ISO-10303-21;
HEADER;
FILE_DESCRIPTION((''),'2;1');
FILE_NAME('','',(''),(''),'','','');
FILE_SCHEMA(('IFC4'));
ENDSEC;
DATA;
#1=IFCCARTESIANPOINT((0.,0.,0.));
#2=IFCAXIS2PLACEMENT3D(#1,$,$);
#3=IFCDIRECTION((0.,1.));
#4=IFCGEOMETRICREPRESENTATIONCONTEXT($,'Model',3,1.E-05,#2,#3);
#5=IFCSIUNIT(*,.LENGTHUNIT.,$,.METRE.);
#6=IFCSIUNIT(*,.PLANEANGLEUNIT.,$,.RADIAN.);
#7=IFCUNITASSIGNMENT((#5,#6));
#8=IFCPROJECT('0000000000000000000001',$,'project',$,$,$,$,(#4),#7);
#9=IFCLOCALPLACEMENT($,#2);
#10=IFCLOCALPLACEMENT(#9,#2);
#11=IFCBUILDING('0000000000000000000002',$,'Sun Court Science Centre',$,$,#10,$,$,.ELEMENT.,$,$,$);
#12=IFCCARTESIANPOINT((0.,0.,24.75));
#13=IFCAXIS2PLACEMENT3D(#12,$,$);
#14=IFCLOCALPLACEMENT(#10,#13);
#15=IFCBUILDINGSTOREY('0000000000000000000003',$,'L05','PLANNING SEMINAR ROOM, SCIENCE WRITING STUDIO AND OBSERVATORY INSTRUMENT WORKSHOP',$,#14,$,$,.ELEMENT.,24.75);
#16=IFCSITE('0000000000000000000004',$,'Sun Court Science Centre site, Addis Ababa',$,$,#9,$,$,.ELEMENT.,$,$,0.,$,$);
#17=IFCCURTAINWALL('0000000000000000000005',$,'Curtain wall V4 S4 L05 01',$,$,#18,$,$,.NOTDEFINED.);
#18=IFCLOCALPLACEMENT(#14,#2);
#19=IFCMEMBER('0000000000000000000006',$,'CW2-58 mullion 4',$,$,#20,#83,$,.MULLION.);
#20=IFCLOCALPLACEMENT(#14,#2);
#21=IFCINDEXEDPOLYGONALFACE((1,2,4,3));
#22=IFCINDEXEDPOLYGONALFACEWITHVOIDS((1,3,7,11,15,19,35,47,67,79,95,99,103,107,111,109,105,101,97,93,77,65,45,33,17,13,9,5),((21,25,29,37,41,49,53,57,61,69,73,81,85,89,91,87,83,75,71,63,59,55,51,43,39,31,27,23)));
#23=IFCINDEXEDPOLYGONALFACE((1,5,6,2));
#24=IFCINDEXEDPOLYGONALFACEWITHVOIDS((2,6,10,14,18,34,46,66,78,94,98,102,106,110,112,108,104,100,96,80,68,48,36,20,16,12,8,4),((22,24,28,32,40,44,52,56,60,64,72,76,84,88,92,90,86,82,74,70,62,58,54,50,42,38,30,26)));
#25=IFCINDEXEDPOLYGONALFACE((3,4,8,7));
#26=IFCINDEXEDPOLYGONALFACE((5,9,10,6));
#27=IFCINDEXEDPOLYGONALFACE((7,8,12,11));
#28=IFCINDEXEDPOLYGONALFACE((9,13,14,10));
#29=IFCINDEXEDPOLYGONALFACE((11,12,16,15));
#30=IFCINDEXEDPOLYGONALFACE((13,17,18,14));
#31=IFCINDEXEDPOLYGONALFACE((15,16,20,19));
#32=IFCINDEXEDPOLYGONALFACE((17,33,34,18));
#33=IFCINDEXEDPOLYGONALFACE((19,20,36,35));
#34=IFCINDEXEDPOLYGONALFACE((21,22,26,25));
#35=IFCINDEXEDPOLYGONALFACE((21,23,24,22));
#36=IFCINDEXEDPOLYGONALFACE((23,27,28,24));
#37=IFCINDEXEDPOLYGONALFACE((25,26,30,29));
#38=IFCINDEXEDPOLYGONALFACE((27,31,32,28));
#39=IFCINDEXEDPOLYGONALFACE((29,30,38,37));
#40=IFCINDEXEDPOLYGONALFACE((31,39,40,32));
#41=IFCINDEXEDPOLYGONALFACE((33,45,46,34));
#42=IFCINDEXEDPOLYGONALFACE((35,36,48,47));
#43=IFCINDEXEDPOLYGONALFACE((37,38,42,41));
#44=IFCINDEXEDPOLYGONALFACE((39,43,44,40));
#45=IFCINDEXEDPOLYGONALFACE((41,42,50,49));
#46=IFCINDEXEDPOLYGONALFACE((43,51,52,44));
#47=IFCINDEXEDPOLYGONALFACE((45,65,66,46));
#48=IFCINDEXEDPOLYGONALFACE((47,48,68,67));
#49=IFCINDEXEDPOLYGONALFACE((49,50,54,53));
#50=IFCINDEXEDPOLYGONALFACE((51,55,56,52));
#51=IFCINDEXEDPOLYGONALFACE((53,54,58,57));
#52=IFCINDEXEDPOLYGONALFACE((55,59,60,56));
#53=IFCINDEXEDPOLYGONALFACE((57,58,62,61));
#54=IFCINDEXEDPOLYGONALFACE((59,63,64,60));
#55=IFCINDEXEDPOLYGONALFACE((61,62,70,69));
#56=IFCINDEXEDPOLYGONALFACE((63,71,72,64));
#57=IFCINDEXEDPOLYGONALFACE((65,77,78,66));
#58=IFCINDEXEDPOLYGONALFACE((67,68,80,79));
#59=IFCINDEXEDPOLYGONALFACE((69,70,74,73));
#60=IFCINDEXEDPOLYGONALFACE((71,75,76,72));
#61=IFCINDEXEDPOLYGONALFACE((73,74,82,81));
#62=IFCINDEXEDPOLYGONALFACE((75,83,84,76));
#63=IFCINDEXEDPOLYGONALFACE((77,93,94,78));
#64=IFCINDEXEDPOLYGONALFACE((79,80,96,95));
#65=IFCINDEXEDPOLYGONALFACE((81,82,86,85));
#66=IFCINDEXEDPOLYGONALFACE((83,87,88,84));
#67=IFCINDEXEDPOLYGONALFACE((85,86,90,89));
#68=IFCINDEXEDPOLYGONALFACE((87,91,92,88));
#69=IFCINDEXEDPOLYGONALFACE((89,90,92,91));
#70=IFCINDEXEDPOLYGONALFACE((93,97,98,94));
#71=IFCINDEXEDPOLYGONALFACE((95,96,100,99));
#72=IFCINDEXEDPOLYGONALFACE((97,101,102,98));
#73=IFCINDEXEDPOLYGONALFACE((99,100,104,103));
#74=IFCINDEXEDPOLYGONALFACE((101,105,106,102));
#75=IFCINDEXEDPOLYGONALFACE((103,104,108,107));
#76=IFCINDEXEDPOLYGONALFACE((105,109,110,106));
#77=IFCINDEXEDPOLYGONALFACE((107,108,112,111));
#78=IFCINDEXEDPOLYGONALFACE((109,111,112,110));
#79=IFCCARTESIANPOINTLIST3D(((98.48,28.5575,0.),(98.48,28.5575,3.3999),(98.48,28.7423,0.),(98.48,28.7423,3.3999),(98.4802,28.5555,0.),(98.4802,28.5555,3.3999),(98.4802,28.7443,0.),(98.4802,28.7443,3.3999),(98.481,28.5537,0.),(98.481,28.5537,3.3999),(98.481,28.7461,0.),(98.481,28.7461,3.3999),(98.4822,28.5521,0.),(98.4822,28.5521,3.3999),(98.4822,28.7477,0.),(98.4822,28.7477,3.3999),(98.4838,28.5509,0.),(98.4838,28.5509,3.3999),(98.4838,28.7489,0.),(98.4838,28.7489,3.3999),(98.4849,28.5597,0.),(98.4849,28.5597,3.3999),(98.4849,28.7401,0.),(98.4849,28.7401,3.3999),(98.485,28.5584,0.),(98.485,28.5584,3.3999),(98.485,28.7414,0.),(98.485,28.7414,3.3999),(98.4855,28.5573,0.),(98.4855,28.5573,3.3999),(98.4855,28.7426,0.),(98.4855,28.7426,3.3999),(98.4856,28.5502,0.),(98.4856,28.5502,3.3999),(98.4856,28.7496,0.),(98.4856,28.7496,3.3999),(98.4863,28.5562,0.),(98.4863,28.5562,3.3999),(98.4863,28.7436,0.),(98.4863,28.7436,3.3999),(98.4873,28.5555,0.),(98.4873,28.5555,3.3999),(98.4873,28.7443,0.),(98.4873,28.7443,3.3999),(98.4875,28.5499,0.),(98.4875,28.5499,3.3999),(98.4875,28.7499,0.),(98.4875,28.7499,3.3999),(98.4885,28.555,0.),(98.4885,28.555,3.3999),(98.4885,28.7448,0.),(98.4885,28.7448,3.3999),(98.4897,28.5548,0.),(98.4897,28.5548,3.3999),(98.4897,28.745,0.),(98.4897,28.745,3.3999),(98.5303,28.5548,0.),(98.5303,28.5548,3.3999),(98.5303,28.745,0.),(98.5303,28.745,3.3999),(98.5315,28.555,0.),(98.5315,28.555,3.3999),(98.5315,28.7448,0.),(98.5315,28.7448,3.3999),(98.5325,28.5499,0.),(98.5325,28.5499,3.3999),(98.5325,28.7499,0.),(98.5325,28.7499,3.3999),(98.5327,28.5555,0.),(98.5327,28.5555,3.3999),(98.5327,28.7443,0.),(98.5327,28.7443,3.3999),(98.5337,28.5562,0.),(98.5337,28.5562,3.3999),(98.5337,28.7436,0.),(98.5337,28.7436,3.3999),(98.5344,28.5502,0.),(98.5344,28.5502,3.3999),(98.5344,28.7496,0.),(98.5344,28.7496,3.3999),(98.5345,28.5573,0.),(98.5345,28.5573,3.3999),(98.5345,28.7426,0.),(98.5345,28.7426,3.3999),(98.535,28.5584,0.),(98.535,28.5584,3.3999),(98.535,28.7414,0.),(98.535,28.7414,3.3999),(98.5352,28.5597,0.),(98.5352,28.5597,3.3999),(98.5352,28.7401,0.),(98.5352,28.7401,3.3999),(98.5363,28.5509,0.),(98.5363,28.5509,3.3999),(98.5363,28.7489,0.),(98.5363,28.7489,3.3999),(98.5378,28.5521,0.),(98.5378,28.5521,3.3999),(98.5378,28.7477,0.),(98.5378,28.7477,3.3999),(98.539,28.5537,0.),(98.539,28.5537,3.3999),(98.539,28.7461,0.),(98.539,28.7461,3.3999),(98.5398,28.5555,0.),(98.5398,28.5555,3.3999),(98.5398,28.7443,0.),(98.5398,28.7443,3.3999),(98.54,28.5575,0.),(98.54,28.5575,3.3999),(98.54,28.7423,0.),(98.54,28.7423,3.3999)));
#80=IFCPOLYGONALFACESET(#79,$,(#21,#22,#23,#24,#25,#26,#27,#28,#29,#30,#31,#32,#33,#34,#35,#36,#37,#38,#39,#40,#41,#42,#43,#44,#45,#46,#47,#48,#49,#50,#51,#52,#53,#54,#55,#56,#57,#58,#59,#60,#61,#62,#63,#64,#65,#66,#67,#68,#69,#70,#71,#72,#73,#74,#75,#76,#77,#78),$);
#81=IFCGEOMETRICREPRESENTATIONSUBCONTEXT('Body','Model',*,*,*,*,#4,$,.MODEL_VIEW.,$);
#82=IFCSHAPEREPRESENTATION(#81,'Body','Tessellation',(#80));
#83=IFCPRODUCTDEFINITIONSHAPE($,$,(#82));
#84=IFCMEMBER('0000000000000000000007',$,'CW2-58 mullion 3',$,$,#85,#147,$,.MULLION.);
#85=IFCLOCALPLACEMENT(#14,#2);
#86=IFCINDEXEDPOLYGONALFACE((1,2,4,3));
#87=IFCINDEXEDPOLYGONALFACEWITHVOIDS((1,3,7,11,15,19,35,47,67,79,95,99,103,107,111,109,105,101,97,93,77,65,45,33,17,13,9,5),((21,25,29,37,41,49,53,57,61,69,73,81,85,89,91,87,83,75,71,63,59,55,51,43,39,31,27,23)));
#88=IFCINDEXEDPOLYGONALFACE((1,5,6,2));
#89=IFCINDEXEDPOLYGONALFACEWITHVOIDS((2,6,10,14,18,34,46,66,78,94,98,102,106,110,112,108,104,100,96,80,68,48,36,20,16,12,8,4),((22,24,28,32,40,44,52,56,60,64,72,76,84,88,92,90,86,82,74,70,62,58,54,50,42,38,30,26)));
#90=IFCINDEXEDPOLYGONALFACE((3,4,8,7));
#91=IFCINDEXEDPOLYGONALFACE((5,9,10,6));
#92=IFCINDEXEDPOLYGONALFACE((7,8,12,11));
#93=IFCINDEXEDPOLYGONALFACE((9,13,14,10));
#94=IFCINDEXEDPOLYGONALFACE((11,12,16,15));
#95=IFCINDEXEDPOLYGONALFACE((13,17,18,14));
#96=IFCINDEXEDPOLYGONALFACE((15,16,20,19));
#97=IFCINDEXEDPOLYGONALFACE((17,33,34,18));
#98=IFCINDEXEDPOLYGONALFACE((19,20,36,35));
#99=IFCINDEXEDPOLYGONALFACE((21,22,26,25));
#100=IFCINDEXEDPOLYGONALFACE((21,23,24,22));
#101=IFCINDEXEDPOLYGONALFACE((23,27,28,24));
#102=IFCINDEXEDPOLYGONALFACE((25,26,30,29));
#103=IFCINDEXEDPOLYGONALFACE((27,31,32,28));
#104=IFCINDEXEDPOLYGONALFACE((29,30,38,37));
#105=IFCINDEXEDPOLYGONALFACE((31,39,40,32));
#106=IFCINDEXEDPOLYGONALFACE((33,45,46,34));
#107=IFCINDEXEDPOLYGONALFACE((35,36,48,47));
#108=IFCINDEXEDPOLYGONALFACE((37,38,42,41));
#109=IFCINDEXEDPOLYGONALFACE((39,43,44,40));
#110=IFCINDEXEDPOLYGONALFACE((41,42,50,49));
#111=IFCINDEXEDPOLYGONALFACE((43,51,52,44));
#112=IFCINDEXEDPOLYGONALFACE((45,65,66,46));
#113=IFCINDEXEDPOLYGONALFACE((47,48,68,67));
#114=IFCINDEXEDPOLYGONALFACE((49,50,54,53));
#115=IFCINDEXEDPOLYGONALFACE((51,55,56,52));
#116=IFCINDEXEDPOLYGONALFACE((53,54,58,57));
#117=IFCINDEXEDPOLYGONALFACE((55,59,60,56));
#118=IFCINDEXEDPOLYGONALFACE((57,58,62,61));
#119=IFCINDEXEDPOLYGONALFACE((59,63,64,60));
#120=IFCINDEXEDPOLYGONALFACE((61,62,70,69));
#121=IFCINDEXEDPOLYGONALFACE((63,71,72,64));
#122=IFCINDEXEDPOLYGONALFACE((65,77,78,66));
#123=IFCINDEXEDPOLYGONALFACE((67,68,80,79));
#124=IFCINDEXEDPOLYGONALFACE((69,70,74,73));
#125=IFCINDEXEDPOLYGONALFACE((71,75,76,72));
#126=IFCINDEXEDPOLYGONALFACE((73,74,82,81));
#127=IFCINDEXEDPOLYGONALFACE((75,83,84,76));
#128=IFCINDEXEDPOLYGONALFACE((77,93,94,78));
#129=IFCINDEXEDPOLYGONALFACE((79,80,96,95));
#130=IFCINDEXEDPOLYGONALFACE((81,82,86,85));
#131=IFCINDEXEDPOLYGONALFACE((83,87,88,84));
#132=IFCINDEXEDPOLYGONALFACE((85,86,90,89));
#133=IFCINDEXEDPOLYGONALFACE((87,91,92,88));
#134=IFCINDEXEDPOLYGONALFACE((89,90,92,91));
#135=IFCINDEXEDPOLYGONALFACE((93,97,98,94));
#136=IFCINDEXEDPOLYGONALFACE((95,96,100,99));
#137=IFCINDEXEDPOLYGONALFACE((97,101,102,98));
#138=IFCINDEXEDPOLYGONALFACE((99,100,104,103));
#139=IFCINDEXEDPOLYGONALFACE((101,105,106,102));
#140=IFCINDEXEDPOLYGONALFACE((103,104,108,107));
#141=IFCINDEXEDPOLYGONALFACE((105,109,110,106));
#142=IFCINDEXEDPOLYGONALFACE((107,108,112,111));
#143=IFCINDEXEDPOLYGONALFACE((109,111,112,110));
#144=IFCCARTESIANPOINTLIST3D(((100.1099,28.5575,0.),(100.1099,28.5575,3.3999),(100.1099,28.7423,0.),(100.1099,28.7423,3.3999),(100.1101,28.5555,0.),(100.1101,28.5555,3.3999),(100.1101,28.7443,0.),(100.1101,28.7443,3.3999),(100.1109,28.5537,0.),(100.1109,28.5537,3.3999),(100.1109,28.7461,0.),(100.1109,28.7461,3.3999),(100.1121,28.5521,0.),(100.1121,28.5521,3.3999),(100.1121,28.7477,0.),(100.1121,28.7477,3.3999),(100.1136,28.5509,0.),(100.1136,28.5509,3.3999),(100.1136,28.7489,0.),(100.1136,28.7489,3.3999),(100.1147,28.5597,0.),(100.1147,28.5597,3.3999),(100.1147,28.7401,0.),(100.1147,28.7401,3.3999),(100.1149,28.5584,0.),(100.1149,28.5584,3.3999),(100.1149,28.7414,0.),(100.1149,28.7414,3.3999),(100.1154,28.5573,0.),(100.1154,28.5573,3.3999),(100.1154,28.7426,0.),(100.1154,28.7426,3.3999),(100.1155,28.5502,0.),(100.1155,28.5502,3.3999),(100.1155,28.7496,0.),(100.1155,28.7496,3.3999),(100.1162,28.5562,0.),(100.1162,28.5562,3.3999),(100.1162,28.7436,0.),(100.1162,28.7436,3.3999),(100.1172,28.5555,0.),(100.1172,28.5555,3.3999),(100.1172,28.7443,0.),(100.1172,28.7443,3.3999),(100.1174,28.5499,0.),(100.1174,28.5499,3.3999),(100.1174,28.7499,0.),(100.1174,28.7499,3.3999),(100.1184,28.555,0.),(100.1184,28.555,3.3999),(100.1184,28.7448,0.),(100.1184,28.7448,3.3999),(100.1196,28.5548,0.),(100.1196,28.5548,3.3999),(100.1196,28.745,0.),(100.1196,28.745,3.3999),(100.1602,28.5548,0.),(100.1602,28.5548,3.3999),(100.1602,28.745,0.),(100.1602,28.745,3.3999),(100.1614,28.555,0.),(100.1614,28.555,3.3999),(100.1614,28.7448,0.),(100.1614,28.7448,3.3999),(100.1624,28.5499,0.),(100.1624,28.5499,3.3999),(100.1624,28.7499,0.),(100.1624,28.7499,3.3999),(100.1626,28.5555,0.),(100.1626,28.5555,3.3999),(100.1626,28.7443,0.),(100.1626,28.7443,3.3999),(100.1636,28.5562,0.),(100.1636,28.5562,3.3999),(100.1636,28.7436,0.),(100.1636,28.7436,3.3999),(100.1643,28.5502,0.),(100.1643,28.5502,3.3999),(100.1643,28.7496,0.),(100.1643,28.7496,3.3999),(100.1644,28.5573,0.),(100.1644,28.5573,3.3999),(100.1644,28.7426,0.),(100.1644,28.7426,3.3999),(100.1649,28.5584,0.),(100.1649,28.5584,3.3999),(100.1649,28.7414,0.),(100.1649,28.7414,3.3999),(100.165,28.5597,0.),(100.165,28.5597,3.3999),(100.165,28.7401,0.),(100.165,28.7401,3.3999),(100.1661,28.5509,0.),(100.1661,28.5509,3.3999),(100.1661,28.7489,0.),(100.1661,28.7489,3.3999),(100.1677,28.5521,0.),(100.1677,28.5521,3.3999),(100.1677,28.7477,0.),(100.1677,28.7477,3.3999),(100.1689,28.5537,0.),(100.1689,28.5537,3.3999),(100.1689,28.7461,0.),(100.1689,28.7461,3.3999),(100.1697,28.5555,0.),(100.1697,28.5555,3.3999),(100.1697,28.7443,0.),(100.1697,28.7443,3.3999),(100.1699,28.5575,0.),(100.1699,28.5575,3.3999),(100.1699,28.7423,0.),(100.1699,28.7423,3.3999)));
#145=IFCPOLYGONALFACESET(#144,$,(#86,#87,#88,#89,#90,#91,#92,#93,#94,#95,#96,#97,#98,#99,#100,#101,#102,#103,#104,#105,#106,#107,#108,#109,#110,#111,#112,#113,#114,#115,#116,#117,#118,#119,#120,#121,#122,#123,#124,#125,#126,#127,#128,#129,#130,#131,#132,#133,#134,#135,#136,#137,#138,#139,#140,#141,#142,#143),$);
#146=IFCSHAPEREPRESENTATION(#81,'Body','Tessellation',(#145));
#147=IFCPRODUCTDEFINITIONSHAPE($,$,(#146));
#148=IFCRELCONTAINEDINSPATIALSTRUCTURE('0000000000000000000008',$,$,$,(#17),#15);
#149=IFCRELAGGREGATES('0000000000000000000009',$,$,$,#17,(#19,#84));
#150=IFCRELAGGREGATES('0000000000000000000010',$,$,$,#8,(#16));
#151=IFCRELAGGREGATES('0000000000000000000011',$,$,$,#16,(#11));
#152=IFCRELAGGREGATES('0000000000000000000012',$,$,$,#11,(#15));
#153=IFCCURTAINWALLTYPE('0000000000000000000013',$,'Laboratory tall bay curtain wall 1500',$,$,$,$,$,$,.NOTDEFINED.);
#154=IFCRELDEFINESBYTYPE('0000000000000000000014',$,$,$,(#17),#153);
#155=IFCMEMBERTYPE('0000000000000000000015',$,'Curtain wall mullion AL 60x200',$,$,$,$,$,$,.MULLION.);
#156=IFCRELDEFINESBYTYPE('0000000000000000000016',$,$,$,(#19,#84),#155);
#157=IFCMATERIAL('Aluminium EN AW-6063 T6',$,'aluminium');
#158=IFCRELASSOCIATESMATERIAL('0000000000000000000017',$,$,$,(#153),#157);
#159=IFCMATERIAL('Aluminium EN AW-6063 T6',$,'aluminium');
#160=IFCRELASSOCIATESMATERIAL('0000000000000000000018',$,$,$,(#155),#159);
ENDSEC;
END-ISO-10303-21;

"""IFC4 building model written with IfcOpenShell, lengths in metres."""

from ifc_helpers import new_model, si_unit, direction, frame, origin, origin_2d, place, context, subcontext, project, spatial, hollow_rectangle, extrude, material, material_profile, profile_set, type_object, element, aggregate, save


model = new_model("IFC4")

# Units and contexts
model_context = context("Model", 3, precision=1e-05, world=origin(), true_north=direction((0.0, 1.0)))
body_context = subcontext(model_context, "Body", "Model", "MODEL_VIEW")
ifc_project = project(units=[si_unit("LENGTHUNIT", "METRE"), si_unit("PLANEANGLEUNIT", "RADIAN")], contexts=[model_context])

# Site, building, storey
site_placement = place(None, origin())
site = spatial("IfcSite", under=ifc_project, at=site_placement, Name="Sun Court Science Centre site, Addis Ababa", CompositionType="ELEMENT", RefElevation=0.0)
building_placement = place(site_placement, origin())
building = spatial("IfcBuilding", under=site, at=building_placement, Name="Sun Court Science Centre", CompositionType="ELEMENT")
storey_placement = place(building_placement, frame((0.0, 0.0, 24.75)))
storey = spatial("IfcBuildingStorey", under=building, at=storey_placement, Name="L05", Description="PLANNING SEMINAR ROOM, SCIENCE WRITING STUDIO AND OBSERVATORY INSTRUMENT WORKSHOP", CompositionType="ELEMENT", Elevation=24.75)

# Curtain wall, members
ifc_material_1 = material(Name="Aluminium EN AW-6063 T6", Category="aluminium")
curtain_wall_type = type_object("IfcCurtainWallType", Name="Laboratory tall bay curtain wall 1500", PredefinedType="NOTDEFINED", material=ifc_material_1)
curtain_wall_1_placement = place(storey_placement, origin())
curtain_wall_1 = element("IfcCurtainWall", 1, at=curtain_wall_1_placement, inside=storey, type_object=curtain_wall_type, Name="Curtain wall V4 S4 L05 01", PredefinedType="NOTDEFINED")
ifc_material_2 = material(Name="Aluminium EN AW-6063 T6", Category="aluminium")
ifc_material_profile_1 = material_profile(ifc_material_2, hollow_rectangle(XDim=0.0601, YDim=0.2, WallThickness=0.0049, InnerFilletRadius=0.0049, OuterFilletRadius=0.0076, at=origin_2d()), Name="AL 60x200x5")
ifc_profile_set_1 = profile_set([ifc_material_profile_1], Name="Aluminium EN AW-6063 T6")
member_type_1 = type_object("IfcMemberType", Name="Curtain wall mullion AL 60x200", PredefinedType="MULLION", material=ifc_profile_set_1)
member_1_placement = place(storey_placement, frame((98.51, 28.6499, 0.0), z_axis=(0.0, 0.0, 1.0), x_axis=(-1.0, 0.0, 0.0)))
member_1 = element("IfcMember", 2, at=member_1_placement, type_object=member_type_1, Name="CW2-58 mullion 4", PredefinedType="MULLION", context=body_context, shape_type="SweptSolid", body=[
    extrude(hollow_rectangle(XDim=0.0601, YDim=0.2, WallThickness=0.0049, InnerFilletRadius=0.0049, OuterFilletRadius=0.0076, at=origin_2d()), origin(), (0.0, 0.0, 1.0), 3.3999),
])
member_2_placement = place(storey_placement, frame((100.1399, 28.6499, 0.0), z_axis=(0.0, 0.0, 1.0), x_axis=(-1.0, 0.0, 0.0)))
member_2 = element("IfcMember", 3, at=member_2_placement, type_object=member_type_1, Name="CW2-58 mullion 3", PredefinedType="MULLION", context=body_context, shape_type="SweptSolid", body=[
    extrude(hollow_rectangle(XDim=0.0601, YDim=0.2, WallThickness=0.0049, InnerFilletRadius=0.0049, OuterFilletRadius=0.0076, at=origin_2d()), origin(), (0.0, 0.0, 1.0), 3.3999),
])

aggregate(curtain_wall_1, [member_1, member_2])

save(model, "model.ifc")
